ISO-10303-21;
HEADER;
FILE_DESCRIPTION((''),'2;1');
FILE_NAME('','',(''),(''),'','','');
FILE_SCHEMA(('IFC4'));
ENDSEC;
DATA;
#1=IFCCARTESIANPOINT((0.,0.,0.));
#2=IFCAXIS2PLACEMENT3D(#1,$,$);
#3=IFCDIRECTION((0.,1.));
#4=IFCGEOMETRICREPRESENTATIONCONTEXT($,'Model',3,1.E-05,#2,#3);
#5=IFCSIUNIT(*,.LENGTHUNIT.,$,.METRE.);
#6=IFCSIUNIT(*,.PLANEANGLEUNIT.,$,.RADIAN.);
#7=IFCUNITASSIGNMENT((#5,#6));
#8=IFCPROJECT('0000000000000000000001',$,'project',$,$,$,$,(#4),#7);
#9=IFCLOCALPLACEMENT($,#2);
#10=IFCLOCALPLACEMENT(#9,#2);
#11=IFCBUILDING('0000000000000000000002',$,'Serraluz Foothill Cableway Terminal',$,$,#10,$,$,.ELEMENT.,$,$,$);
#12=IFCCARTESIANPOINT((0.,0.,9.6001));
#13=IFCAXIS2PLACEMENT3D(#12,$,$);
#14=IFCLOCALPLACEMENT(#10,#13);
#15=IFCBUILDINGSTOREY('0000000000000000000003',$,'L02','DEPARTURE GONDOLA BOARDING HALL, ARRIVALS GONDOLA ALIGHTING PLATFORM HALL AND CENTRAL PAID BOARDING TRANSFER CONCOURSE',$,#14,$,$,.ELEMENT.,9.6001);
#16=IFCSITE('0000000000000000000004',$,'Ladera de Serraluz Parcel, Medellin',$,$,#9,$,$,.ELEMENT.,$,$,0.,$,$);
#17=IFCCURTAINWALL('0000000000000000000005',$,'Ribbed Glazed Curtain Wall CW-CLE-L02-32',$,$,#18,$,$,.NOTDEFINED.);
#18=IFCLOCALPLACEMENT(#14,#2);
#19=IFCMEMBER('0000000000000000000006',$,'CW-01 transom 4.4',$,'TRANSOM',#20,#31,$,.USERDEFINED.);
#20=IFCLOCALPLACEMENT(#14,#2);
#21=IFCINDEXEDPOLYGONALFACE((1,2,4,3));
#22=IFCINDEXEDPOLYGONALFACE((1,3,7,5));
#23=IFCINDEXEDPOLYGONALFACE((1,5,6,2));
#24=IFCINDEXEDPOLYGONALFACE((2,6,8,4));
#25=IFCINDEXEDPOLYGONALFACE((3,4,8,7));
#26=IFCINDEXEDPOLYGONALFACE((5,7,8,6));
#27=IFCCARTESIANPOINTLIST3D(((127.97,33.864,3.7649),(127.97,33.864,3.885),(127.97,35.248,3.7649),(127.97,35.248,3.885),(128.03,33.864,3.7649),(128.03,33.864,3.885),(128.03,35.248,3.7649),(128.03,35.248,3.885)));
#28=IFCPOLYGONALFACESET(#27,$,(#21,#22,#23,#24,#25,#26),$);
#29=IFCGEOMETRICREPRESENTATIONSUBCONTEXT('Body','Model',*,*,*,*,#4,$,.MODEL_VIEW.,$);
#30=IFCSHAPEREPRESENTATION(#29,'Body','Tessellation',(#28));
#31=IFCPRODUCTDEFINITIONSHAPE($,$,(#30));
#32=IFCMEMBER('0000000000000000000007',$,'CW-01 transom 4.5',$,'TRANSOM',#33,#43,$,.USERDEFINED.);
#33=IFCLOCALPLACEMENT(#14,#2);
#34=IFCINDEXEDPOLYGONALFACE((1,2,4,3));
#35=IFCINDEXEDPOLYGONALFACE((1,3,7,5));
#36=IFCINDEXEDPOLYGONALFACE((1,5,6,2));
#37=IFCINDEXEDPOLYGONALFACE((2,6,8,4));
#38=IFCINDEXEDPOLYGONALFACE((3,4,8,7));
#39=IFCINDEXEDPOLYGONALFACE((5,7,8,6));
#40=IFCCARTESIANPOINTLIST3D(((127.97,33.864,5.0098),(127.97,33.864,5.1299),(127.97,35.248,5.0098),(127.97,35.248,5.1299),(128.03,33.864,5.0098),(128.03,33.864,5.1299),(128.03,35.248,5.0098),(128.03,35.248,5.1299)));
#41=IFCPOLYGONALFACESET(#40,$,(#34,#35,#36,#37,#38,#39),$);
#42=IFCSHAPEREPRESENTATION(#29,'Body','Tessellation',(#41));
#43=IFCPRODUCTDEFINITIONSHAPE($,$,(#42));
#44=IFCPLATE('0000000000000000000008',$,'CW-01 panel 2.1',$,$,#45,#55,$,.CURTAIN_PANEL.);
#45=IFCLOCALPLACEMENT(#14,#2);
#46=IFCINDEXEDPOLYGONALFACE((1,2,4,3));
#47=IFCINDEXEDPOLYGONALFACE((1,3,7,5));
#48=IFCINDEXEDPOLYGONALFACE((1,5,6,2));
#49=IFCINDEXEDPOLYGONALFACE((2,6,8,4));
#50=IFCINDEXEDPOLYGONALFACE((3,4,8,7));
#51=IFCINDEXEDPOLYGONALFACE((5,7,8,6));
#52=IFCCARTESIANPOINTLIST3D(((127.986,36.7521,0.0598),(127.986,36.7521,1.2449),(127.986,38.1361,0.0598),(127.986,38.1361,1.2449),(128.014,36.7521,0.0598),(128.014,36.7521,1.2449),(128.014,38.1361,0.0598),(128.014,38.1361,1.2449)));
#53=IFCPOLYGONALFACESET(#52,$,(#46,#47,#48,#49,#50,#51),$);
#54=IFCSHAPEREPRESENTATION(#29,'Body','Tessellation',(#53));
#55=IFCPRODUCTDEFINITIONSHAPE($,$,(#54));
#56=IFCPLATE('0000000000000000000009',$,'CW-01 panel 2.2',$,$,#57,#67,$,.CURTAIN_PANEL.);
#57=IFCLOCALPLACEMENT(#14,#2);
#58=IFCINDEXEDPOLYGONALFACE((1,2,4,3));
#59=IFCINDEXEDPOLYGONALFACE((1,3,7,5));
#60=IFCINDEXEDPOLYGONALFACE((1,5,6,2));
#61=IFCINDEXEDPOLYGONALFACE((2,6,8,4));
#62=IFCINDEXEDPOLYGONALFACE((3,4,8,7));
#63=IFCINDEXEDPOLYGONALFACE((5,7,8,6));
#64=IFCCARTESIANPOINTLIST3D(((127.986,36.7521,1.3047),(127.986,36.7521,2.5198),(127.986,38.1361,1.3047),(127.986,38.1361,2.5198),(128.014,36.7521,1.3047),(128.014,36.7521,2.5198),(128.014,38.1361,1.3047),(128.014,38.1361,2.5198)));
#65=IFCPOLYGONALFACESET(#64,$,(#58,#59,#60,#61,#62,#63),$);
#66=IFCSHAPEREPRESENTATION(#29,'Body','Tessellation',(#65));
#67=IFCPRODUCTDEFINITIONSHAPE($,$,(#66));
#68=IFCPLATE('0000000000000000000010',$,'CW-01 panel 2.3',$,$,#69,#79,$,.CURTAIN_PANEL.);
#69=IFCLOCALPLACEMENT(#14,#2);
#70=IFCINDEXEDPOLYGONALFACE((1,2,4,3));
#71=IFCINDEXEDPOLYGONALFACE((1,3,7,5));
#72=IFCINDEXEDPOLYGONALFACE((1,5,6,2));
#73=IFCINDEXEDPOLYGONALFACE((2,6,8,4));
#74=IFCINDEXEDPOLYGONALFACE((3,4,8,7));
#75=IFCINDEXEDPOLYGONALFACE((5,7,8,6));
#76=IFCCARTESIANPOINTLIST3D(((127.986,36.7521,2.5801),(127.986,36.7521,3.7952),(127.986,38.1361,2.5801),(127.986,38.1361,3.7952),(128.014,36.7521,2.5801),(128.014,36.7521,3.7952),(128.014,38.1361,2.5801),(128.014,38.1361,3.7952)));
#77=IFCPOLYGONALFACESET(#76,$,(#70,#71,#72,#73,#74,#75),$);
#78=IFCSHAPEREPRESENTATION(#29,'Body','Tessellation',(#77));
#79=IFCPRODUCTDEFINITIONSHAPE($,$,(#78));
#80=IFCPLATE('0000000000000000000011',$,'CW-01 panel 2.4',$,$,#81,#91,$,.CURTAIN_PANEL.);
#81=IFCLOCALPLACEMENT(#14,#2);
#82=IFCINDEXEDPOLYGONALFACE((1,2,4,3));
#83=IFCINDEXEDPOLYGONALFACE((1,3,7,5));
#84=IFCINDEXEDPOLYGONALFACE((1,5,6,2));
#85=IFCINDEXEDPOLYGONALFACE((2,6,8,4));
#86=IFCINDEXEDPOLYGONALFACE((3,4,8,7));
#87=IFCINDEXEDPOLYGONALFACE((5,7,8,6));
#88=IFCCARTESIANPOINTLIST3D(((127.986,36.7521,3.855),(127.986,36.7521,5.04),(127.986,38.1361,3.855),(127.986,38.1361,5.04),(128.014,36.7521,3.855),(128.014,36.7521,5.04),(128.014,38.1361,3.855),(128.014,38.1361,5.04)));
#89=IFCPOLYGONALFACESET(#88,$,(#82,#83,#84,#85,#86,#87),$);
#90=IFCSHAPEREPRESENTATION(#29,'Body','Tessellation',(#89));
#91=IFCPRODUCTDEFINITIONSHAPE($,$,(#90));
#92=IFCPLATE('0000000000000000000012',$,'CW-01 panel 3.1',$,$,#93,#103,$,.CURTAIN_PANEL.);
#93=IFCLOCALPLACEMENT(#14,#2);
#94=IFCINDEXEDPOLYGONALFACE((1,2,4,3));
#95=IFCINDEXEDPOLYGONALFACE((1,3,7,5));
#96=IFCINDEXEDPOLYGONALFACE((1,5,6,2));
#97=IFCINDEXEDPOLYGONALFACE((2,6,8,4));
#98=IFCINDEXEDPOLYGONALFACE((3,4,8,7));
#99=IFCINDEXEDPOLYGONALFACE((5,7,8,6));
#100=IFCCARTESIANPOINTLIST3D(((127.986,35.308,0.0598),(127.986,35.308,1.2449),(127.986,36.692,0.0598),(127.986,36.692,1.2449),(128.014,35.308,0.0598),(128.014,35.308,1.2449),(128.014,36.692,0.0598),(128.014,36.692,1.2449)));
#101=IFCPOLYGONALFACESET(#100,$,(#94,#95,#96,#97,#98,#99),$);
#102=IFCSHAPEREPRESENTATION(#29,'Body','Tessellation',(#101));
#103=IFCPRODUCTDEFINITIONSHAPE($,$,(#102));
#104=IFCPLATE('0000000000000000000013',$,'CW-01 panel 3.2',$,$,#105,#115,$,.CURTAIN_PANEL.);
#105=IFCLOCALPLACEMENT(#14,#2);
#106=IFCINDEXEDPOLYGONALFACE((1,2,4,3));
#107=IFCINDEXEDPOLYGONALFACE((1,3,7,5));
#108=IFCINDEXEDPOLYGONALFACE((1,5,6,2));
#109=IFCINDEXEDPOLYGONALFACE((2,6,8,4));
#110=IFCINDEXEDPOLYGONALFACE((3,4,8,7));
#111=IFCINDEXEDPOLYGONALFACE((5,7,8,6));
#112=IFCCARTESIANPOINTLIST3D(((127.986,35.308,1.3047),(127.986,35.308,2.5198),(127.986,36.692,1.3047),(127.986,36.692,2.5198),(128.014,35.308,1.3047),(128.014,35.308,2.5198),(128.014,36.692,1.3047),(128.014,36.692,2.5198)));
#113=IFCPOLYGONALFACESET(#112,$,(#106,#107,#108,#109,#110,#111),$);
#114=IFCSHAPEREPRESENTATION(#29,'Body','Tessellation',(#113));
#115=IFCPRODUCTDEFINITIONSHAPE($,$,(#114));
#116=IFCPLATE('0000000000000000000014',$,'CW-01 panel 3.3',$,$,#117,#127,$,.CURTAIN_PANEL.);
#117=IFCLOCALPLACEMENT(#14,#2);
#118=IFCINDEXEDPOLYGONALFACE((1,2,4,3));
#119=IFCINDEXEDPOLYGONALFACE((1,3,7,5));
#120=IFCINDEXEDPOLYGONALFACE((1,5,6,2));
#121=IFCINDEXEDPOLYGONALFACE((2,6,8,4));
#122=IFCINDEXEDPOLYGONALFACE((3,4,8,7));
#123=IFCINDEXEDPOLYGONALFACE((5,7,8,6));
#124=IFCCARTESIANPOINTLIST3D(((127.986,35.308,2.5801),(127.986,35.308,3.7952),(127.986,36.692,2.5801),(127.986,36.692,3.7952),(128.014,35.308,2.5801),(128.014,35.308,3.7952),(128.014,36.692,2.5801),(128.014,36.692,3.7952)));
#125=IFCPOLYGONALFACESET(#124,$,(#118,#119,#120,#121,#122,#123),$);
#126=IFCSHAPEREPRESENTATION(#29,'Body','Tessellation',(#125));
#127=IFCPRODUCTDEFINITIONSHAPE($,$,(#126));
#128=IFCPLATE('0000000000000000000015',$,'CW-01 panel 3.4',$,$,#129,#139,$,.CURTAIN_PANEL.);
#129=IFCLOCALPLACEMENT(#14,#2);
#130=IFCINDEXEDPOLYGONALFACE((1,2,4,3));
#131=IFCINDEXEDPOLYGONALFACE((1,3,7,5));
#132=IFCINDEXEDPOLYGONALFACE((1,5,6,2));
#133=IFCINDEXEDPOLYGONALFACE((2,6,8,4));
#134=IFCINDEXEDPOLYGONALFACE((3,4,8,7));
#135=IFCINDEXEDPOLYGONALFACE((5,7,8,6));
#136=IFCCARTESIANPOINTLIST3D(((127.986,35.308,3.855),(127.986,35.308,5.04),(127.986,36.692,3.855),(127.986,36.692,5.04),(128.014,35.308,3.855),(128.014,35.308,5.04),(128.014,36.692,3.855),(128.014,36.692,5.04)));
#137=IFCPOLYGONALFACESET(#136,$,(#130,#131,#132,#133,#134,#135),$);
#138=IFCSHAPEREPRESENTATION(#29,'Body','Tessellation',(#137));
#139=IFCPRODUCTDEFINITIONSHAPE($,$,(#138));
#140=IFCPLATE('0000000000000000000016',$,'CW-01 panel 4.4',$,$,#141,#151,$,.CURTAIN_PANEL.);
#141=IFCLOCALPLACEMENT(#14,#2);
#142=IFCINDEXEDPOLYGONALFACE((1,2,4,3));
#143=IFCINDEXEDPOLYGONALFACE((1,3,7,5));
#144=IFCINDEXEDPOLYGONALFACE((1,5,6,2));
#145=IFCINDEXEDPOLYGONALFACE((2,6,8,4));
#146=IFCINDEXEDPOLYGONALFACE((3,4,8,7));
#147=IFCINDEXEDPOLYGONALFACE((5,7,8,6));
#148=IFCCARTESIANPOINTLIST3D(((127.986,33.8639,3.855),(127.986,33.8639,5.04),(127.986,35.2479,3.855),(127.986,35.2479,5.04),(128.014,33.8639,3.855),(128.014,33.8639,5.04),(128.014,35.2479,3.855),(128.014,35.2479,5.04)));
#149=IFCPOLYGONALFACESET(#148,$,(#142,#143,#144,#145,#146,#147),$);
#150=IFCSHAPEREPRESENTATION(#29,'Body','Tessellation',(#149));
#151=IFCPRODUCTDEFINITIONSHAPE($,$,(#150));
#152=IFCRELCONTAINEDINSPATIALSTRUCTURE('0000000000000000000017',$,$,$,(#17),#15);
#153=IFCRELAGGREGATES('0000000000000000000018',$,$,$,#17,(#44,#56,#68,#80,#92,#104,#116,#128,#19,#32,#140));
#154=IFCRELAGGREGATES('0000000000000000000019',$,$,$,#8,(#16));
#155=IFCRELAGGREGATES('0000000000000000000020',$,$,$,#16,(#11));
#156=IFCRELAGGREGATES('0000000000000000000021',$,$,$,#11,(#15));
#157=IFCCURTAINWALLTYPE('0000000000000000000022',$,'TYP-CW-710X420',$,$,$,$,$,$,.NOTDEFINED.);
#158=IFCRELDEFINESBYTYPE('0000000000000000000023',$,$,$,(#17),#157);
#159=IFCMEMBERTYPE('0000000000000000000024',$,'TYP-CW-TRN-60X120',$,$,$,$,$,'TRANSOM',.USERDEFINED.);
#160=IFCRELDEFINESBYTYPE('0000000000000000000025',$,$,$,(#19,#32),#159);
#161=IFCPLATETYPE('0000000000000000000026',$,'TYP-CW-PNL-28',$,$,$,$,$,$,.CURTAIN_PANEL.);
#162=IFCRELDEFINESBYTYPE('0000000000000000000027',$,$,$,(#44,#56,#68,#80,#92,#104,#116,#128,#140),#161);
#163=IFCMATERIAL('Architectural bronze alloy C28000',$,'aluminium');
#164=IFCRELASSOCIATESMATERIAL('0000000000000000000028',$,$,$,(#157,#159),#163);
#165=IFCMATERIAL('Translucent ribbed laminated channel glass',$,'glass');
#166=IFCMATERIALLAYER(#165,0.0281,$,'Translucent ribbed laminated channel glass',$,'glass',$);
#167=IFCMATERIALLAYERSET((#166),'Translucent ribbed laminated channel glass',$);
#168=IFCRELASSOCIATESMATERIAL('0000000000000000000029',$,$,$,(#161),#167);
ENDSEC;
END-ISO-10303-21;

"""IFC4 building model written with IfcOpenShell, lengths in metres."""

from ifc_helpers import new_model, si_unit, direction, frame, origin, origin_2d, place, context, subcontext, project, spatial, rectangle, extrude, material, layer, layer_set, material_profile, profile_set, type_object, element, aggregate, save


model = new_model("IFC4")

# Units and contexts
model_context = context("Model", 3, precision=1e-05, world=origin(), true_north=direction((0.0, 1.0)))
body_context = subcontext(model_context, "Body", "Model", "MODEL_VIEW")
ifc_project = project(units=[si_unit("LENGTHUNIT", "METRE"), si_unit("PLANEANGLEUNIT", "RADIAN")], contexts=[model_context])

# Site, building, storey
site_placement = place(None, origin())
site = spatial("IfcSite", under=ifc_project, at=site_placement, Name="Ladera de Serraluz Parcel, Medellin", CompositionType="ELEMENT", RefElevation=0.0)
building_placement = place(site_placement, origin())
building = spatial("IfcBuilding", under=site, at=building_placement, Name="Serraluz Foothill Cableway Terminal", CompositionType="ELEMENT")
storey_placement = place(building_placement, frame((0.0, 0.0, 9.6001)))
storey = spatial("IfcBuildingStorey", under=building, at=storey_placement, Name="L02", Description="DEPARTURE GONDOLA BOARDING HALL, ARRIVALS GONDOLA ALIGHTING PLATFORM HALL AND CENTRAL PAID BOARDING TRANSFER CONCOURSE", CompositionType="ELEMENT", Elevation=9.6001)

# Curtain wall, members, plates
ifc_material_1 = material(Name="Architectural bronze alloy C28000", Category="aluminium")
curtain_wall_type = type_object("IfcCurtainWallType", Name="TYP-CW-710X420", PredefinedType="NOTDEFINED", material=ifc_material_1)
curtain_wall_placement = place(storey_placement, origin())
curtain_wall = element("IfcCurtainWall", 1, at=curtain_wall_placement, inside=storey, type_object=curtain_wall_type, Name="Ribbed Glazed Curtain Wall CW-CLE-L02-32", PredefinedType="NOTDEFINED")
ifc_material_profile_1 = material_profile(ifc_material_1, rectangle(XDim=0.0601, YDim=0.1201, at=origin_2d()), Name="ALU TRANSOM 60x120")
ifc_profile_set_1 = profile_set([ifc_material_profile_1], Name="Architectural bronze alloy C28000")
member_type_1 = type_object("IfcMemberType", Name="TYP-CW-TRN-60X120", ElementType="TRANSOM", PredefinedType="USERDEFINED", material=ifc_profile_set_1)
member_1_placement = place(storey_placement, frame((128.0, 35.248, 3.825), z_axis=(0.0, -1.0, 0.0), x_axis=(1.0, 0.0, 0.0)))
member_1 = element("IfcMember", 2, at=member_1_placement, type_object=member_type_1, Name="CW-01 transom 4.4", ObjectType="TRANSOM", PredefinedType="USERDEFINED", context=body_context, shape_type="SweptSolid", body=[
    extrude(rectangle(XDim=0.0601, YDim=0.1201, at=origin_2d()), origin(), (0.0, 0.0, 1.0), 1.384),
])
member_2_placement = place(storey_placement, frame((128.0, 35.248, 5.0698), z_axis=(0.0, -1.0, 0.0), x_axis=(1.0, 0.0, 0.0)))
member_2 = element("IfcMember", 3, at=member_2_placement, type_object=member_type_1, Name="CW-01 transom 4.5", ObjectType="TRANSOM", PredefinedType="USERDEFINED", context=body_context, shape_type="SweptSolid", body=[
    extrude(rectangle(XDim=0.0601, YDim=0.1201, at=origin_2d()), origin(), (0.0, 0.0, 1.0), 1.384),
])
ifc_material_2 = material(Name="Translucent ribbed laminated channel glass", Category="glass")
ifc_layer = layer(ifc_material_2, 0.0281, Name="Translucent ribbed laminated channel glass", Category="glass")
ifc_layer_set = layer_set([ifc_layer], Name="Translucent ribbed laminated channel glass")
plate_type = type_object("IfcPlateType", Name="TYP-CW-PNL-28", PredefinedType="CURTAIN_PANEL", material=ifc_layer_set)
plate_1_placement = place(storey_placement, frame((128.0, 37.4441, 0.0598), z_axis=(0.0, 0.0, 1.0), x_axis=(0.0, -1.0, 0.0)))
plate_1 = element("IfcPlate", 4, at=plate_1_placement, type_object=plate_type, Name="CW-01 panel 2.1", PredefinedType="CURTAIN_PANEL", context=body_context, shape_type="SweptSolid", body=[
    extrude(rectangle(XDim=1.384, YDim=0.0281, at=origin_2d()), origin(), (0.0, 0.0, 1.0), 1.1851),
])
plate_2_placement = place(storey_placement, frame((128.0, 37.4441, 1.3047), z_axis=(0.0, 0.0, 1.0), x_axis=(0.0, -1.0, 0.0)))
plate_2 = element("IfcPlate", 5, at=plate_2_placement, type_object=plate_type, Name="CW-01 panel 2.2", PredefinedType="CURTAIN_PANEL", context=body_context, shape_type="SweptSolid", body=[
    extrude(rectangle(XDim=1.384, YDim=0.0281, at=origin_2d()), origin(), (0.0, 0.0, 1.0), 1.2151),
])
plate_3_placement = place(storey_placement, frame((128.0, 37.4441, 2.5801), z_axis=(0.0, 0.0, 1.0), x_axis=(0.0, -1.0, 0.0)))
plate_3 = element("IfcPlate", 6, at=plate_3_placement, type_object=plate_type, Name="CW-01 panel 2.3", PredefinedType="CURTAIN_PANEL", context=body_context, shape_type="SweptSolid", body=[
    extrude(rectangle(XDim=1.384, YDim=0.0281, at=origin_2d()), origin(), (0.0, 0.0, 1.0), 1.2151),
])
plate_4_placement = place(storey_placement, frame((128.0, 37.4441, 3.855), z_axis=(0.0, 0.0, 1.0), x_axis=(0.0, -1.0, 0.0)))
plate_4 = element("IfcPlate", 7, at=plate_4_placement, type_object=plate_type, Name="CW-01 panel 2.4", PredefinedType="CURTAIN_PANEL", context=body_context, shape_type="SweptSolid", body=[
    extrude(rectangle(XDim=1.384, YDim=0.0281, at=origin_2d()), origin(), (0.0, 0.0, 1.0), 1.1851),
])
plate_5_placement = place(storey_placement, frame((128.0, 36.0, 0.0598), z_axis=(0.0, 0.0, 1.0), x_axis=(0.0, -1.0, 0.0)))
plate_5 = element("IfcPlate", 8, at=plate_5_placement, type_object=plate_type, Name="CW-01 panel 3.1", PredefinedType="CURTAIN_PANEL", context=body_context, shape_type="SweptSolid", body=[
    extrude(rectangle(XDim=1.384, YDim=0.0281, at=origin_2d()), origin(), (0.0, 0.0, 1.0), 1.1851),
])
plate_6_placement = place(storey_placement, frame((128.0, 36.0, 1.3047), z_axis=(0.0, 0.0, 1.0), x_axis=(0.0, -1.0, 0.0)))
plate_6 = element("IfcPlate", 9, at=plate_6_placement, type_object=plate_type, Name="CW-01 panel 3.2", PredefinedType="CURTAIN_PANEL", context=body_context, shape_type="SweptSolid", body=[
    extrude(rectangle(XDim=1.384, YDim=0.0281, at=origin_2d()), origin(), (0.0, 0.0, 1.0), 1.2151),
])
plate_7_placement = place(storey_placement, frame((128.0, 36.0, 2.5801), z_axis=(0.0, 0.0, 1.0), x_axis=(0.0, -1.0, 0.0)))
plate_7 = element("IfcPlate", 10, at=plate_7_placement, type_object=plate_type, Name="CW-01 panel 3.3", PredefinedType="CURTAIN_PANEL", context=body_context, shape_type="SweptSolid", body=[
    extrude(rectangle(XDim=1.384, YDim=0.0281, at=origin_2d()), origin(), (0.0, 0.0, 1.0), 1.2151),
])
plate_8_placement = place(storey_placement, frame((128.0, 36.0, 3.855), z_axis=(0.0, 0.0, 1.0), x_axis=(0.0, -1.0, 0.0)))
plate_8 = element("IfcPlate", 11, at=plate_8_placement, type_object=plate_type, Name="CW-01 panel 3.4", PredefinedType="CURTAIN_PANEL", context=body_context, shape_type="SweptSolid", body=[
    extrude(rectangle(XDim=1.384, YDim=0.0281, at=origin_2d()), origin(), (0.0, 0.0, 1.0), 1.1851),
])
plate_9_placement = place(storey_placement, frame((128.0, 34.5559, 3.855), z_axis=(0.0, 0.0, 1.0), x_axis=(0.0, -1.0, 0.0)))
plate_9 = element("IfcPlate", 12, at=plate_9_placement, type_object=plate_type, Name="CW-01 panel 4.4", PredefinedType="CURTAIN_PANEL", context=body_context, shape_type="SweptSolid", body=[
    extrude(rectangle(XDim=1.384, YDim=0.0281, at=origin_2d()), origin(), (0.0, 0.0, 1.0), 1.1851),
])
aggregate(curtain_wall, [plate_1, plate_2, plate_3, plate_4, plate_5, plate_6, plate_7, plate_8, member_1, member_2, plate_9])

save(model, "model.ifc")
